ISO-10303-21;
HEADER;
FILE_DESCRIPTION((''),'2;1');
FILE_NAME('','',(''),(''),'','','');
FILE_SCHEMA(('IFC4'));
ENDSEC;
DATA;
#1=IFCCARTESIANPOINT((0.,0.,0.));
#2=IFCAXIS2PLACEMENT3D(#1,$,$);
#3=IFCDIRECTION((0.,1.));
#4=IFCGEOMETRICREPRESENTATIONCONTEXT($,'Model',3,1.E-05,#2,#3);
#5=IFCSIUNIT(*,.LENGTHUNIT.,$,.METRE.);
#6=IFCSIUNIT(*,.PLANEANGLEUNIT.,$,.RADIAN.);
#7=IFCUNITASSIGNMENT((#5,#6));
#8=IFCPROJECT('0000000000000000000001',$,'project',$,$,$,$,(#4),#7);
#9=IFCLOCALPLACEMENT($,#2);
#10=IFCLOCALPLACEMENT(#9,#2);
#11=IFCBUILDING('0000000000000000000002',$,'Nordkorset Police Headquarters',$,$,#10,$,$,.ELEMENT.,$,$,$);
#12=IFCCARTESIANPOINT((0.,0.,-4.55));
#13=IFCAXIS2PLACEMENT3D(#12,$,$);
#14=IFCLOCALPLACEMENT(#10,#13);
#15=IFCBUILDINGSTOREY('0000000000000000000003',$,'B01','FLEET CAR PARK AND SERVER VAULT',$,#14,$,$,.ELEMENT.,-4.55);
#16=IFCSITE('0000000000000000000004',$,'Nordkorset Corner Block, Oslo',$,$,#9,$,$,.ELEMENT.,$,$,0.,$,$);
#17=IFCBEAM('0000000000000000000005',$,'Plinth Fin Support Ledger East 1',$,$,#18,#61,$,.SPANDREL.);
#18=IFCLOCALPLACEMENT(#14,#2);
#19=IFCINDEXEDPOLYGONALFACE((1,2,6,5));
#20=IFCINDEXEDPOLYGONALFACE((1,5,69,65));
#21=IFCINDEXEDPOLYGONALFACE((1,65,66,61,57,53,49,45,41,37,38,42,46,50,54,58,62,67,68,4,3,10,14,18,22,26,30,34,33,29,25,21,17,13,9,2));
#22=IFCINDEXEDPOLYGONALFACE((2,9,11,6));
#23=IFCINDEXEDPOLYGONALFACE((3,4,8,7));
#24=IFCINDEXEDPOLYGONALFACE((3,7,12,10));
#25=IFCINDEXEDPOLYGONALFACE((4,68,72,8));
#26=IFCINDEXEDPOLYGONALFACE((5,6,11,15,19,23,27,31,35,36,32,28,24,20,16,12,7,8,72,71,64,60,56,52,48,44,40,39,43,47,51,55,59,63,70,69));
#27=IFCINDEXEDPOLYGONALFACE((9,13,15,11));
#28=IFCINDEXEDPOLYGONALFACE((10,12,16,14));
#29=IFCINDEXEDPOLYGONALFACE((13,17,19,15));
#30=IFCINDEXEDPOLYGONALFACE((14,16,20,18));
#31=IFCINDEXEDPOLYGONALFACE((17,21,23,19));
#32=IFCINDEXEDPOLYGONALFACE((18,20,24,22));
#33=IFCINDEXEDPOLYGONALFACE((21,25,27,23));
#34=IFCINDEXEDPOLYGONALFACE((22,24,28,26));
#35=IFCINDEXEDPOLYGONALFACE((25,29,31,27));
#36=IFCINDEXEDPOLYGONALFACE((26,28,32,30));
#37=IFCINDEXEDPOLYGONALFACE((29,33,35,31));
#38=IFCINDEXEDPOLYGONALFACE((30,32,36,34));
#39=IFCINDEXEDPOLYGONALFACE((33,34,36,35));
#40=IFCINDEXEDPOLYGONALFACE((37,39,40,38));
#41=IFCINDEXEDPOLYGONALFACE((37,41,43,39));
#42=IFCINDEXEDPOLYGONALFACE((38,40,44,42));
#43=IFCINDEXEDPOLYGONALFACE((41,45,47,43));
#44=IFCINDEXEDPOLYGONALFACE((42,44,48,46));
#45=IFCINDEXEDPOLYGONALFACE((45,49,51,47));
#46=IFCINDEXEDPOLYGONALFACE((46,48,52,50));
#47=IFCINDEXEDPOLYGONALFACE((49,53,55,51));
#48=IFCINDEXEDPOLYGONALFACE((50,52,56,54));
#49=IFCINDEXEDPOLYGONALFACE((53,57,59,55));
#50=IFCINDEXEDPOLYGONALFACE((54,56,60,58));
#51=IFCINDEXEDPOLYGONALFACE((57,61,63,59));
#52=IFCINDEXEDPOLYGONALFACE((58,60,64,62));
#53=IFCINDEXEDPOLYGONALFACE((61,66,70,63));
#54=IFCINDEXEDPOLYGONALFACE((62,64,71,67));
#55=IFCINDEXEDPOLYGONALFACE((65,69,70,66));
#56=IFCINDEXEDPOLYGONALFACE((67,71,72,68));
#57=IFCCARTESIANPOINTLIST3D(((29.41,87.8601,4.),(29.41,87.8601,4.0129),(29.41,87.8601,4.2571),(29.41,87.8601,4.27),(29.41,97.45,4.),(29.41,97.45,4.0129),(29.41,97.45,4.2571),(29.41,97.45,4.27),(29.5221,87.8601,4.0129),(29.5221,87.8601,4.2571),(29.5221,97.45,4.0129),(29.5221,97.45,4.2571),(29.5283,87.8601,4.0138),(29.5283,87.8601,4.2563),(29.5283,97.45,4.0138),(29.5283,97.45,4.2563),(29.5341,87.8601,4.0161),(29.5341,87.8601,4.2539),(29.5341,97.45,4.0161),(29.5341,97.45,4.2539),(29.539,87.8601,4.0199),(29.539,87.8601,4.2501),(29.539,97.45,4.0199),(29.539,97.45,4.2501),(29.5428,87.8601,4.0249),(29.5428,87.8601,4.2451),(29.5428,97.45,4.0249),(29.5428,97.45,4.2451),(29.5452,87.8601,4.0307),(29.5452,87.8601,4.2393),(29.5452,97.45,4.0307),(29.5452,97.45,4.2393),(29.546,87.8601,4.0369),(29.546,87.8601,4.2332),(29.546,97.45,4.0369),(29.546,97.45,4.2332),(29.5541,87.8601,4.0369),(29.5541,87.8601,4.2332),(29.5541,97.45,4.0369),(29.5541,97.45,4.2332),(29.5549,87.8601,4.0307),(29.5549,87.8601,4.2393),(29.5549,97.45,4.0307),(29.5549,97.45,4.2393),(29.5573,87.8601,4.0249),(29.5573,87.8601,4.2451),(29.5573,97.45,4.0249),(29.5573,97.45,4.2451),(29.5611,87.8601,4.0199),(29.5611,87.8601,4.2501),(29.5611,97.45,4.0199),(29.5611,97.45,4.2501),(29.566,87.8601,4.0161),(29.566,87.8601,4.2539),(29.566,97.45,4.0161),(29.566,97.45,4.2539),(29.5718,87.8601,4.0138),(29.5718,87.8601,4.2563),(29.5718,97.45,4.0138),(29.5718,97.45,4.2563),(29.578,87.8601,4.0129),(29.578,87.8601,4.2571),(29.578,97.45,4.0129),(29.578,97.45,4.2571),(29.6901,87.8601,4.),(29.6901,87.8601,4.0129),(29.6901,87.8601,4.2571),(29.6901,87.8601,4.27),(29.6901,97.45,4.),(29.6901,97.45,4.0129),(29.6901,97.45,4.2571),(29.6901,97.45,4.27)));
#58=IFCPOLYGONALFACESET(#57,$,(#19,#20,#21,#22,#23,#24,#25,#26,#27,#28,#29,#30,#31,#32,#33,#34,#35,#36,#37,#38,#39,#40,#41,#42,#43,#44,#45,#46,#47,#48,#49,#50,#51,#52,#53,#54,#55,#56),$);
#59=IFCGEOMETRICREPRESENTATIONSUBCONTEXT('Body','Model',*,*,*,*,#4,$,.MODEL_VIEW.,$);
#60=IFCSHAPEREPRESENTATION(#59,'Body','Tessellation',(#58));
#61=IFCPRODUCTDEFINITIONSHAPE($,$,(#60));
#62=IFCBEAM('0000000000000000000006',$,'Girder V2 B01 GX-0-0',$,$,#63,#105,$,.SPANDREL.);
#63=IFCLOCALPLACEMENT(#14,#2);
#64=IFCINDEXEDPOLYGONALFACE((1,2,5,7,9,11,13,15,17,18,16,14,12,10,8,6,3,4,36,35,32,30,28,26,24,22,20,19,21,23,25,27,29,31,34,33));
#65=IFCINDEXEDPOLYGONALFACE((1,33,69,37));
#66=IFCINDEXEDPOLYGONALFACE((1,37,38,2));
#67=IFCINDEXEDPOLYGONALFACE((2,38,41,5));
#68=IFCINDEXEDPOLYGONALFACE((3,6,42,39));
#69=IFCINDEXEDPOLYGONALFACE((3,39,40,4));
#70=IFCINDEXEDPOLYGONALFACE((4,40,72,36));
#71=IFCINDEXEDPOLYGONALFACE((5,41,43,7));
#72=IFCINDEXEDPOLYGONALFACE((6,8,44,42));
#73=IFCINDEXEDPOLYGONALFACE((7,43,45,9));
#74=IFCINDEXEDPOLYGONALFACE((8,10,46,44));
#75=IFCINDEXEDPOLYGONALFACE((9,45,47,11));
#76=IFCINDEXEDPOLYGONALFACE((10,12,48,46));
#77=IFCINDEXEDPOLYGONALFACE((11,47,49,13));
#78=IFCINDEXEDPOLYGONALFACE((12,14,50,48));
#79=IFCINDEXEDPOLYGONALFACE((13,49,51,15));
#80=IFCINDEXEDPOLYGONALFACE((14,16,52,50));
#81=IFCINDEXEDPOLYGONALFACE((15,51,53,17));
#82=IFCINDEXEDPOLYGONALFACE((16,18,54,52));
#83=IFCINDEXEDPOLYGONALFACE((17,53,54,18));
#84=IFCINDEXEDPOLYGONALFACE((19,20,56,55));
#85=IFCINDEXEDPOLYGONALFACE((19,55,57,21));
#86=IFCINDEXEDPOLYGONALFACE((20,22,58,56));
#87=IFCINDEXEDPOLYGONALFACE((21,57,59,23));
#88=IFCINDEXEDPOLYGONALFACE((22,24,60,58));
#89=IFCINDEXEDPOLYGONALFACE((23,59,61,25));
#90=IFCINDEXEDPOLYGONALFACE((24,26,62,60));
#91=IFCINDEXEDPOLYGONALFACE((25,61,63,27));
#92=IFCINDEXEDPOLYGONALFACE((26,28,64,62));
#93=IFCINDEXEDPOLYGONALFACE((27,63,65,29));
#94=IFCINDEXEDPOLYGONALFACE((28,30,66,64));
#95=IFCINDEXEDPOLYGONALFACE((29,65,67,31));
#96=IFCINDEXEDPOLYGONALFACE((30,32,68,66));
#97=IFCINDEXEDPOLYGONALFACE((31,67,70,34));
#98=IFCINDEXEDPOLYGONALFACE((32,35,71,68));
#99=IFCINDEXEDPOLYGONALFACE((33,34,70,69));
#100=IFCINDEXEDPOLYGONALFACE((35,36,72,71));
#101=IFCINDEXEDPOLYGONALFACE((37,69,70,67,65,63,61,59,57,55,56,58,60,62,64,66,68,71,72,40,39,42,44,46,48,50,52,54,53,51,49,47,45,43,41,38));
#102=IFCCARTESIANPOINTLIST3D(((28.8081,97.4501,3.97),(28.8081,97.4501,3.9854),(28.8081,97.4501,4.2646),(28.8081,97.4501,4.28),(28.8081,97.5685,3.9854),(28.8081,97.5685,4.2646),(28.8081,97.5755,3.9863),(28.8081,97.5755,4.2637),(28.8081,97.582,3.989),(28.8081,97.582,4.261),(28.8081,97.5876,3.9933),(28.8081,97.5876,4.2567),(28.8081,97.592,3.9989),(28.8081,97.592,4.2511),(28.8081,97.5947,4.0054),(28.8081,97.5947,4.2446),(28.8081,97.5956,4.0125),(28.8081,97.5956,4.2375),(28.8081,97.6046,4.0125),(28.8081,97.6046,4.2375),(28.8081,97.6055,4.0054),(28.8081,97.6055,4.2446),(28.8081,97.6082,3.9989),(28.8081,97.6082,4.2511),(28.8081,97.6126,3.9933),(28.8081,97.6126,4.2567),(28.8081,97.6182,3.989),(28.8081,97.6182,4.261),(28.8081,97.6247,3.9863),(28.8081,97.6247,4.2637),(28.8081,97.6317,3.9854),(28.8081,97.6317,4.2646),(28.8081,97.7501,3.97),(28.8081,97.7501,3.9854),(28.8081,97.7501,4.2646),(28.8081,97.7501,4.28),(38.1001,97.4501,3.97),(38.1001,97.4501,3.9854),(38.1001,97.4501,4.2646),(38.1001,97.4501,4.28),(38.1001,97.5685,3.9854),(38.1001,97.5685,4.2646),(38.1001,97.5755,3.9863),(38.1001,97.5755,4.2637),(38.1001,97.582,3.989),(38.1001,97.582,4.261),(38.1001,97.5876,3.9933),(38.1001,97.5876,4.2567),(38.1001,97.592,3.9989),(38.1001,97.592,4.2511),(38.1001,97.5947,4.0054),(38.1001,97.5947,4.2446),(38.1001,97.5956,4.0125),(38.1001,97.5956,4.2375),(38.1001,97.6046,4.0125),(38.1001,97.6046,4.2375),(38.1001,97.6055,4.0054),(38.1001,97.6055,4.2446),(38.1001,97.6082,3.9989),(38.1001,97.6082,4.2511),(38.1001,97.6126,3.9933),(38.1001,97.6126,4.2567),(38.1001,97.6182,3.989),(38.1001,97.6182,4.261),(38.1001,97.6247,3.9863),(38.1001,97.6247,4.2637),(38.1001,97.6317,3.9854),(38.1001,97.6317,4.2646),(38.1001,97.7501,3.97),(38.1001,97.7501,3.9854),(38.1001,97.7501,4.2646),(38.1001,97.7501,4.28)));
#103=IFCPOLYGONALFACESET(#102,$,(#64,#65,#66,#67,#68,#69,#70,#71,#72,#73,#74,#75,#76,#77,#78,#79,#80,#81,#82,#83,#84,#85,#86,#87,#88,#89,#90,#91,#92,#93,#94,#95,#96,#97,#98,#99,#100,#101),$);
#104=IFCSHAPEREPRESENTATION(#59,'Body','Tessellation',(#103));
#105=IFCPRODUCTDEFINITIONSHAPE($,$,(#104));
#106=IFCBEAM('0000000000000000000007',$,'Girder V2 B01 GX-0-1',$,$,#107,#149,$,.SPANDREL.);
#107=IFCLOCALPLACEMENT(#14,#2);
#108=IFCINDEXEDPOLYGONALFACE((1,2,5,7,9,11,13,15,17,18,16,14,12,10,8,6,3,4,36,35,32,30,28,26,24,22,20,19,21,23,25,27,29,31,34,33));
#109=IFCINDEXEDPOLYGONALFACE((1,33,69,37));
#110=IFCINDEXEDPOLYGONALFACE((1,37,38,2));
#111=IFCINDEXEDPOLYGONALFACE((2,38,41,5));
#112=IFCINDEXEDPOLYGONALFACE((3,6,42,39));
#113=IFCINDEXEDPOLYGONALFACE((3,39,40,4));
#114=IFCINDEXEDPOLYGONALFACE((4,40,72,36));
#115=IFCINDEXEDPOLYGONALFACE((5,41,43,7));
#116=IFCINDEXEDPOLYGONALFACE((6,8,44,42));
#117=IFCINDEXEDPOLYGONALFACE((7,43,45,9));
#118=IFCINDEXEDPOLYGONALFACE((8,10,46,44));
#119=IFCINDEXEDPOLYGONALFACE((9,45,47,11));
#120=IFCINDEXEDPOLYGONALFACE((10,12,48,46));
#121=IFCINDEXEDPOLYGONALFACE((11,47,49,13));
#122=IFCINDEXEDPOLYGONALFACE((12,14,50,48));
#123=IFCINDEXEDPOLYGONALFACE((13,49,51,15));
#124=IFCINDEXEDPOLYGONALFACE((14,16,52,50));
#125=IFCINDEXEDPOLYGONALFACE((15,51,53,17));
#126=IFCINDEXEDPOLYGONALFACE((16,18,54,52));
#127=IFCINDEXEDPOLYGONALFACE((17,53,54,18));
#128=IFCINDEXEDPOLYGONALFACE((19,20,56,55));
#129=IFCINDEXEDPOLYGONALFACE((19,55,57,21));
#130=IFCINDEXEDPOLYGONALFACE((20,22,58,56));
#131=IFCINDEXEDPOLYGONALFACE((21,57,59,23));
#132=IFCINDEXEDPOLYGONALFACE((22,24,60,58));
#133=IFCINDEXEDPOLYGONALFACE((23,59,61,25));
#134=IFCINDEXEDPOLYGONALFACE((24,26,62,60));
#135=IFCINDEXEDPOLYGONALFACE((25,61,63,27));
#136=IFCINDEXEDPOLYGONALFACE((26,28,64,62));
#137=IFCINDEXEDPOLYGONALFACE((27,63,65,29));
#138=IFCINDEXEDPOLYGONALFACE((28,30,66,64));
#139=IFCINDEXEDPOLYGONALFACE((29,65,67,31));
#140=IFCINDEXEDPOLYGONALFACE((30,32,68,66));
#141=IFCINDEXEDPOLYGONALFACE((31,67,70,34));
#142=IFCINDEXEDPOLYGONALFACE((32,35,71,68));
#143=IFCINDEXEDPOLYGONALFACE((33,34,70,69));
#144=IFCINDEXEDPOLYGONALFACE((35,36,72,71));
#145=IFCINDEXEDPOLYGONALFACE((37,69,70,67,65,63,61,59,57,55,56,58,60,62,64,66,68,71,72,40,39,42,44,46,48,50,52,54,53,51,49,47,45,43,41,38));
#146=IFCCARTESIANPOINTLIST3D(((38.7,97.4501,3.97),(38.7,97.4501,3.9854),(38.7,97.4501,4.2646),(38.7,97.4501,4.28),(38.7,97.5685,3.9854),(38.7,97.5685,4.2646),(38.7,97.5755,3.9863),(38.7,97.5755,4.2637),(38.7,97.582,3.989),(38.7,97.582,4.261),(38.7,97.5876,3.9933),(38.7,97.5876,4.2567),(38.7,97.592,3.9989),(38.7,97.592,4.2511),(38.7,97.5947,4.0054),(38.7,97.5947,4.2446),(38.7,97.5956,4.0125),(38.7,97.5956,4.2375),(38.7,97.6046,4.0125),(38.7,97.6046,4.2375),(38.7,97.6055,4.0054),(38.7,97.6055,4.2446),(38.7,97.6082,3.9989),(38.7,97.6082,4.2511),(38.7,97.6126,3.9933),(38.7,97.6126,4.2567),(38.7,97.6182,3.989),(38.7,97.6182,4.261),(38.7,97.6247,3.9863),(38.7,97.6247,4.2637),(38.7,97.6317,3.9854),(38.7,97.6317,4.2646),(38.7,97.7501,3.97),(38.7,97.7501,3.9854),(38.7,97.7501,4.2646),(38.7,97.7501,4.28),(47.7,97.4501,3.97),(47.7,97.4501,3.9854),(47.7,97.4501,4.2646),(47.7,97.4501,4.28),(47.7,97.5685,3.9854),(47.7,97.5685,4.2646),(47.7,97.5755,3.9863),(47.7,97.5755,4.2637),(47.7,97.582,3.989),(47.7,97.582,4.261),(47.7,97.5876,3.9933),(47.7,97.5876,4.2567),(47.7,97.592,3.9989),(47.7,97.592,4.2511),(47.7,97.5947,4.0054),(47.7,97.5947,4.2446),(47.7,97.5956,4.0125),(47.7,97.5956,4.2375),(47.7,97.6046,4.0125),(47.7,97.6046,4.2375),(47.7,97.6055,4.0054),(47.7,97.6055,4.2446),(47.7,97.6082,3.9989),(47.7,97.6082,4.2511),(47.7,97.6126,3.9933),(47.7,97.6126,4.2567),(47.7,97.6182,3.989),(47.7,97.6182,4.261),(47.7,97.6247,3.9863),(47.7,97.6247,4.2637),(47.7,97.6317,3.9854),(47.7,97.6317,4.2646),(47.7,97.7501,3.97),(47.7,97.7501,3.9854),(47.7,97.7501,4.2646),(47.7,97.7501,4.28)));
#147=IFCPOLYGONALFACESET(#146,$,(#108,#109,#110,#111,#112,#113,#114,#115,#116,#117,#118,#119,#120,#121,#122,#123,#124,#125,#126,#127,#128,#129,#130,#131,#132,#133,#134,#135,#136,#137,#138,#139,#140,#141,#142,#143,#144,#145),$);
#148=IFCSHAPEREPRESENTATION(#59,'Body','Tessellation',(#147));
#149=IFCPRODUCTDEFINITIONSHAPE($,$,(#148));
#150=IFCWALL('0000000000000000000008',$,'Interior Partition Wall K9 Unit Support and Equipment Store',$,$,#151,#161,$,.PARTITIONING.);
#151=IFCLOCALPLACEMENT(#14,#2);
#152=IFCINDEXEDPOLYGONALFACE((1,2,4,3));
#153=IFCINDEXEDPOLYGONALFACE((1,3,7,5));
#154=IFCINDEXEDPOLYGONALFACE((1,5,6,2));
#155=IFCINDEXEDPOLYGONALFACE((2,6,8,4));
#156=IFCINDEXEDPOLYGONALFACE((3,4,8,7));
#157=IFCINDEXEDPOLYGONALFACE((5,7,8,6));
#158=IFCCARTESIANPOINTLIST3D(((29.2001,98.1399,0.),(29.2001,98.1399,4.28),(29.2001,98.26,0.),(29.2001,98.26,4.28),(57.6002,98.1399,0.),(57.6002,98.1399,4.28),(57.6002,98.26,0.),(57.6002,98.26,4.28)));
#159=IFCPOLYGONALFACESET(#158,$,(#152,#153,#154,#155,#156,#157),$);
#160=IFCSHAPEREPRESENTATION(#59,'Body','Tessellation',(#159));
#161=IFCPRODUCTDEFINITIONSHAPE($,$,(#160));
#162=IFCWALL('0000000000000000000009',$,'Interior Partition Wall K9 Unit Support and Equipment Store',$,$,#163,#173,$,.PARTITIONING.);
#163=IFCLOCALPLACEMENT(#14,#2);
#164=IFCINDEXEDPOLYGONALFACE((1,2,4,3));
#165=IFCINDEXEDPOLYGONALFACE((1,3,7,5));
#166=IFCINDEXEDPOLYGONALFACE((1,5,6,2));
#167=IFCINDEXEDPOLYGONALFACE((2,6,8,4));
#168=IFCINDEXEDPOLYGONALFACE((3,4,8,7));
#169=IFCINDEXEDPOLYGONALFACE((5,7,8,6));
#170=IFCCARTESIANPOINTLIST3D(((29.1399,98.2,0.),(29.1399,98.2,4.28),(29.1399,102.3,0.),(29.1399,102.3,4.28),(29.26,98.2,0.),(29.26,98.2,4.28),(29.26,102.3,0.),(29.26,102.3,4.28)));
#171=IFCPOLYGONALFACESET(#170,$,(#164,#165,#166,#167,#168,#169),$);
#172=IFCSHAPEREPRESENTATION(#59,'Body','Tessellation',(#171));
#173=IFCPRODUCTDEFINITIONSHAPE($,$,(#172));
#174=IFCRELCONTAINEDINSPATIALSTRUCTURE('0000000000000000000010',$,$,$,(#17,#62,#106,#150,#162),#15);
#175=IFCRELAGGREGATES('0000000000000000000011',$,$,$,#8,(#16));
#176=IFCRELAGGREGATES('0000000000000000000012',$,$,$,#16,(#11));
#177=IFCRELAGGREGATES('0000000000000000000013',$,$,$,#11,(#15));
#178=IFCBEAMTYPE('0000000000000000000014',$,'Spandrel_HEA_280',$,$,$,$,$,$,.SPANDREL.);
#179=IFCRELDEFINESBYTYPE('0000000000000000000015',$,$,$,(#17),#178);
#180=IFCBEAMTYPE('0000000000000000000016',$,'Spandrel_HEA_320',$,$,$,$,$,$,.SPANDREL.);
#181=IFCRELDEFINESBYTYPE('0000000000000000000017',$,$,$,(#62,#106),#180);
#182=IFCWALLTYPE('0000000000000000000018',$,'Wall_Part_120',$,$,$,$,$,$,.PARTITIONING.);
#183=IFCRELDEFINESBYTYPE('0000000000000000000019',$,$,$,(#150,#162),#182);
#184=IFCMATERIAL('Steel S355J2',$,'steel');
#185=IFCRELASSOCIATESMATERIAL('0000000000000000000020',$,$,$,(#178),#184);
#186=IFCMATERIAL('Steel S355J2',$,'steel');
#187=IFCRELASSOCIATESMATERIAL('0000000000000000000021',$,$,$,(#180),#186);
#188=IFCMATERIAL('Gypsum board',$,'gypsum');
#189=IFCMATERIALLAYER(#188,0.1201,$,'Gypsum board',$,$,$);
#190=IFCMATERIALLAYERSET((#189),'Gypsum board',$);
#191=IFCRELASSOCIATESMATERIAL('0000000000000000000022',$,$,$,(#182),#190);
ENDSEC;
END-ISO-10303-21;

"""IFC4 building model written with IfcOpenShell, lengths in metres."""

from ifc_helpers import new_model, si_unit, direction, frame, frame_2d, origin, origin_2d, place, context, subcontext, project, spatial, rectangle, i_section, extrude, material, layer, layer_set, material_profile, profile_set, type_object, element, save


model = new_model("IFC4")

# Units and contexts
model_context = context("Model", 3, precision=1e-05, world=origin(), true_north=direction((0.0, 1.0)))
body_context = subcontext(model_context, "Body", "Model", "MODEL_VIEW")
ifc_project = project(units=[si_unit("LENGTHUNIT", "METRE"), si_unit("PLANEANGLEUNIT", "RADIAN")], contexts=[model_context])

# Site, building, storey
site_placement = place(None, origin())
site = spatial("IfcSite", under=ifc_project, at=site_placement, Name="Nordkorset Corner Block, Oslo", CompositionType="ELEMENT", RefElevation=0.0)
building_placement = place(site_placement, origin())
building = spatial("IfcBuilding", under=site, at=building_placement, Name="Nordkorset Police Headquarters", CompositionType="ELEMENT")
storey_placement = place(building_placement, frame((0.0, 0.0, -4.55)))
storey = spatial("IfcBuildingStorey", under=building, at=storey_placement, Name="B01", Description="FLEET CAR PARK AND SERVER VAULT", CompositionType="ELEMENT", Elevation=-4.55)

# Beams
ifc_material_1 = material(Name="Steel S355J2", Category="steel")
ifc_material_profile_1 = material_profile(ifc_material_1, i_section(OverallWidth=0.28, OverallDepth=0.27, WebThickness=0.0081, FlangeThickness=0.0129, FilletRadius=0.0239, at=origin_2d()), Name="HEA 280")
ifc_profile_set_1 = profile_set([ifc_material_profile_1], Name="Steel S355J2")
beam_type_1 = type_object("IfcBeamType", Name="Spandrel_HEA_280", PredefinedType="SPANDREL", material=ifc_profile_set_1)
beam_1_placement = place(storey_placement, frame((29.55, 87.8601, 4.135), z_axis=(0.0, 1.0, 0.0), x_axis=(-1.0, 0.0, 0.0)))
element("IfcBeam", 1, at=beam_1_placement, inside=storey, type_object=beam_type_1, Name="Plinth Fin Support Ledger East 1", PredefinedType="SPANDREL", context=body_context, shape_type="SweptSolid", body=[
    extrude(i_section(OverallWidth=0.28, OverallDepth=0.27, WebThickness=0.0081, FlangeThickness=0.0129, FilletRadius=0.0239, at=origin_2d()), origin(), (0.0, 0.0, 1.0), 9.5898),
])
ifc_material_2 = material(Name="Steel S355J2", Category="steel")
ifc_material_profile_2 = material_profile(ifc_material_2, i_section(OverallWidth=0.3, OverallDepth=0.3101, WebThickness=0.009, FlangeThickness=0.0154, FilletRadius=0.0271, at=origin_2d()), Name="HEA 320")
ifc_profile_set_2 = profile_set([ifc_material_profile_2], Name="Steel S355J2")
beam_type_2 = type_object("IfcBeamType", Name="Spandrel_HEA_320", PredefinedType="SPANDREL", material=ifc_profile_set_2)
beam_2_placement = place(storey_placement, frame((28.8081, 97.6001, 4.125), z_axis=(1.0, 0.0, 0.0), x_axis=(0.0, 1.0, 0.0)))
element("IfcBeam", 2, at=beam_2_placement, inside=storey, type_object=beam_type_2, Name="Girder V2 B01 GX-0-0", PredefinedType="SPANDREL", context=body_context, shape_type="SweptSolid", body=[
    extrude(i_section(OverallWidth=0.3, OverallDepth=0.3101, WebThickness=0.009, FlangeThickness=0.0154, FilletRadius=0.0271, at=origin_2d()), origin(), (0.0, 0.0, 1.0), 9.292),
])
beam_3_placement = place(storey_placement, frame((38.7, 97.6001, 4.125), z_axis=(1.0, 0.0, 0.0), x_axis=(0.0, 1.0, 0.0)))
element("IfcBeam", 3, at=beam_3_placement, inside=storey, type_object=beam_type_2, Name="Girder V2 B01 GX-0-1", PredefinedType="SPANDREL", context=body_context, shape_type="SweptSolid", body=[
    extrude(i_section(OverallWidth=0.3, OverallDepth=0.3101, WebThickness=0.009, FlangeThickness=0.0154, FilletRadius=0.0271, at=origin_2d()), origin(), (0.0, 0.0, 1.0), 9.0),
])

# Walls
ifc_material_3 = material(Name="Gypsum board", Category="gypsum")
ifc_layer = layer(ifc_material_3, 0.1201, Name="Gypsum board")
ifc_layer_set = layer_set([ifc_layer], Name="Gypsum board")
wall_type = type_object("IfcWallType", Name="Wall_Part_120", PredefinedType="PARTITIONING", material=ifc_layer_set)
wall_1_placement = place(storey_placement, frame((29.2, 98.2, 0.0), z_axis=(0.0, 0.0, 1.0), x_axis=(1.0, 0.0, 0.0)))
element("IfcWall", 4, at=wall_1_placement, inside=storey, type_object=wall_type, Name="Interior Partition Wall K9 Unit Support and Equipment Store", PredefinedType="PARTITIONING", context=body_context, shape_type="SweptSolid", body=[
    extrude(rectangle(XDim=28.4001, YDim=0.1201, at=frame_2d((14.2002, 0.0))), origin(), (0.0, 0.0, 1.0), 4.28),
])
wall_2_placement = place(storey_placement, frame((29.2, 102.3, 0.0), z_axis=(0.0, 0.0, 1.0), x_axis=(0.0, -1.0, 0.0)))
element("IfcWall", 5, at=wall_2_placement, inside=storey, type_object=wall_type, Name="Interior Partition Wall K9 Unit Support and Equipment Store", PredefinedType="PARTITIONING", context=body_context, shape_type="SweptSolid", body=[
    extrude(rectangle(XDim=4.1001, YDim=0.1201, at=frame_2d((2.05, 0.0))), origin(), (0.0, 0.0, 1.0), 4.28),
])

save(model, "model.ifc")
